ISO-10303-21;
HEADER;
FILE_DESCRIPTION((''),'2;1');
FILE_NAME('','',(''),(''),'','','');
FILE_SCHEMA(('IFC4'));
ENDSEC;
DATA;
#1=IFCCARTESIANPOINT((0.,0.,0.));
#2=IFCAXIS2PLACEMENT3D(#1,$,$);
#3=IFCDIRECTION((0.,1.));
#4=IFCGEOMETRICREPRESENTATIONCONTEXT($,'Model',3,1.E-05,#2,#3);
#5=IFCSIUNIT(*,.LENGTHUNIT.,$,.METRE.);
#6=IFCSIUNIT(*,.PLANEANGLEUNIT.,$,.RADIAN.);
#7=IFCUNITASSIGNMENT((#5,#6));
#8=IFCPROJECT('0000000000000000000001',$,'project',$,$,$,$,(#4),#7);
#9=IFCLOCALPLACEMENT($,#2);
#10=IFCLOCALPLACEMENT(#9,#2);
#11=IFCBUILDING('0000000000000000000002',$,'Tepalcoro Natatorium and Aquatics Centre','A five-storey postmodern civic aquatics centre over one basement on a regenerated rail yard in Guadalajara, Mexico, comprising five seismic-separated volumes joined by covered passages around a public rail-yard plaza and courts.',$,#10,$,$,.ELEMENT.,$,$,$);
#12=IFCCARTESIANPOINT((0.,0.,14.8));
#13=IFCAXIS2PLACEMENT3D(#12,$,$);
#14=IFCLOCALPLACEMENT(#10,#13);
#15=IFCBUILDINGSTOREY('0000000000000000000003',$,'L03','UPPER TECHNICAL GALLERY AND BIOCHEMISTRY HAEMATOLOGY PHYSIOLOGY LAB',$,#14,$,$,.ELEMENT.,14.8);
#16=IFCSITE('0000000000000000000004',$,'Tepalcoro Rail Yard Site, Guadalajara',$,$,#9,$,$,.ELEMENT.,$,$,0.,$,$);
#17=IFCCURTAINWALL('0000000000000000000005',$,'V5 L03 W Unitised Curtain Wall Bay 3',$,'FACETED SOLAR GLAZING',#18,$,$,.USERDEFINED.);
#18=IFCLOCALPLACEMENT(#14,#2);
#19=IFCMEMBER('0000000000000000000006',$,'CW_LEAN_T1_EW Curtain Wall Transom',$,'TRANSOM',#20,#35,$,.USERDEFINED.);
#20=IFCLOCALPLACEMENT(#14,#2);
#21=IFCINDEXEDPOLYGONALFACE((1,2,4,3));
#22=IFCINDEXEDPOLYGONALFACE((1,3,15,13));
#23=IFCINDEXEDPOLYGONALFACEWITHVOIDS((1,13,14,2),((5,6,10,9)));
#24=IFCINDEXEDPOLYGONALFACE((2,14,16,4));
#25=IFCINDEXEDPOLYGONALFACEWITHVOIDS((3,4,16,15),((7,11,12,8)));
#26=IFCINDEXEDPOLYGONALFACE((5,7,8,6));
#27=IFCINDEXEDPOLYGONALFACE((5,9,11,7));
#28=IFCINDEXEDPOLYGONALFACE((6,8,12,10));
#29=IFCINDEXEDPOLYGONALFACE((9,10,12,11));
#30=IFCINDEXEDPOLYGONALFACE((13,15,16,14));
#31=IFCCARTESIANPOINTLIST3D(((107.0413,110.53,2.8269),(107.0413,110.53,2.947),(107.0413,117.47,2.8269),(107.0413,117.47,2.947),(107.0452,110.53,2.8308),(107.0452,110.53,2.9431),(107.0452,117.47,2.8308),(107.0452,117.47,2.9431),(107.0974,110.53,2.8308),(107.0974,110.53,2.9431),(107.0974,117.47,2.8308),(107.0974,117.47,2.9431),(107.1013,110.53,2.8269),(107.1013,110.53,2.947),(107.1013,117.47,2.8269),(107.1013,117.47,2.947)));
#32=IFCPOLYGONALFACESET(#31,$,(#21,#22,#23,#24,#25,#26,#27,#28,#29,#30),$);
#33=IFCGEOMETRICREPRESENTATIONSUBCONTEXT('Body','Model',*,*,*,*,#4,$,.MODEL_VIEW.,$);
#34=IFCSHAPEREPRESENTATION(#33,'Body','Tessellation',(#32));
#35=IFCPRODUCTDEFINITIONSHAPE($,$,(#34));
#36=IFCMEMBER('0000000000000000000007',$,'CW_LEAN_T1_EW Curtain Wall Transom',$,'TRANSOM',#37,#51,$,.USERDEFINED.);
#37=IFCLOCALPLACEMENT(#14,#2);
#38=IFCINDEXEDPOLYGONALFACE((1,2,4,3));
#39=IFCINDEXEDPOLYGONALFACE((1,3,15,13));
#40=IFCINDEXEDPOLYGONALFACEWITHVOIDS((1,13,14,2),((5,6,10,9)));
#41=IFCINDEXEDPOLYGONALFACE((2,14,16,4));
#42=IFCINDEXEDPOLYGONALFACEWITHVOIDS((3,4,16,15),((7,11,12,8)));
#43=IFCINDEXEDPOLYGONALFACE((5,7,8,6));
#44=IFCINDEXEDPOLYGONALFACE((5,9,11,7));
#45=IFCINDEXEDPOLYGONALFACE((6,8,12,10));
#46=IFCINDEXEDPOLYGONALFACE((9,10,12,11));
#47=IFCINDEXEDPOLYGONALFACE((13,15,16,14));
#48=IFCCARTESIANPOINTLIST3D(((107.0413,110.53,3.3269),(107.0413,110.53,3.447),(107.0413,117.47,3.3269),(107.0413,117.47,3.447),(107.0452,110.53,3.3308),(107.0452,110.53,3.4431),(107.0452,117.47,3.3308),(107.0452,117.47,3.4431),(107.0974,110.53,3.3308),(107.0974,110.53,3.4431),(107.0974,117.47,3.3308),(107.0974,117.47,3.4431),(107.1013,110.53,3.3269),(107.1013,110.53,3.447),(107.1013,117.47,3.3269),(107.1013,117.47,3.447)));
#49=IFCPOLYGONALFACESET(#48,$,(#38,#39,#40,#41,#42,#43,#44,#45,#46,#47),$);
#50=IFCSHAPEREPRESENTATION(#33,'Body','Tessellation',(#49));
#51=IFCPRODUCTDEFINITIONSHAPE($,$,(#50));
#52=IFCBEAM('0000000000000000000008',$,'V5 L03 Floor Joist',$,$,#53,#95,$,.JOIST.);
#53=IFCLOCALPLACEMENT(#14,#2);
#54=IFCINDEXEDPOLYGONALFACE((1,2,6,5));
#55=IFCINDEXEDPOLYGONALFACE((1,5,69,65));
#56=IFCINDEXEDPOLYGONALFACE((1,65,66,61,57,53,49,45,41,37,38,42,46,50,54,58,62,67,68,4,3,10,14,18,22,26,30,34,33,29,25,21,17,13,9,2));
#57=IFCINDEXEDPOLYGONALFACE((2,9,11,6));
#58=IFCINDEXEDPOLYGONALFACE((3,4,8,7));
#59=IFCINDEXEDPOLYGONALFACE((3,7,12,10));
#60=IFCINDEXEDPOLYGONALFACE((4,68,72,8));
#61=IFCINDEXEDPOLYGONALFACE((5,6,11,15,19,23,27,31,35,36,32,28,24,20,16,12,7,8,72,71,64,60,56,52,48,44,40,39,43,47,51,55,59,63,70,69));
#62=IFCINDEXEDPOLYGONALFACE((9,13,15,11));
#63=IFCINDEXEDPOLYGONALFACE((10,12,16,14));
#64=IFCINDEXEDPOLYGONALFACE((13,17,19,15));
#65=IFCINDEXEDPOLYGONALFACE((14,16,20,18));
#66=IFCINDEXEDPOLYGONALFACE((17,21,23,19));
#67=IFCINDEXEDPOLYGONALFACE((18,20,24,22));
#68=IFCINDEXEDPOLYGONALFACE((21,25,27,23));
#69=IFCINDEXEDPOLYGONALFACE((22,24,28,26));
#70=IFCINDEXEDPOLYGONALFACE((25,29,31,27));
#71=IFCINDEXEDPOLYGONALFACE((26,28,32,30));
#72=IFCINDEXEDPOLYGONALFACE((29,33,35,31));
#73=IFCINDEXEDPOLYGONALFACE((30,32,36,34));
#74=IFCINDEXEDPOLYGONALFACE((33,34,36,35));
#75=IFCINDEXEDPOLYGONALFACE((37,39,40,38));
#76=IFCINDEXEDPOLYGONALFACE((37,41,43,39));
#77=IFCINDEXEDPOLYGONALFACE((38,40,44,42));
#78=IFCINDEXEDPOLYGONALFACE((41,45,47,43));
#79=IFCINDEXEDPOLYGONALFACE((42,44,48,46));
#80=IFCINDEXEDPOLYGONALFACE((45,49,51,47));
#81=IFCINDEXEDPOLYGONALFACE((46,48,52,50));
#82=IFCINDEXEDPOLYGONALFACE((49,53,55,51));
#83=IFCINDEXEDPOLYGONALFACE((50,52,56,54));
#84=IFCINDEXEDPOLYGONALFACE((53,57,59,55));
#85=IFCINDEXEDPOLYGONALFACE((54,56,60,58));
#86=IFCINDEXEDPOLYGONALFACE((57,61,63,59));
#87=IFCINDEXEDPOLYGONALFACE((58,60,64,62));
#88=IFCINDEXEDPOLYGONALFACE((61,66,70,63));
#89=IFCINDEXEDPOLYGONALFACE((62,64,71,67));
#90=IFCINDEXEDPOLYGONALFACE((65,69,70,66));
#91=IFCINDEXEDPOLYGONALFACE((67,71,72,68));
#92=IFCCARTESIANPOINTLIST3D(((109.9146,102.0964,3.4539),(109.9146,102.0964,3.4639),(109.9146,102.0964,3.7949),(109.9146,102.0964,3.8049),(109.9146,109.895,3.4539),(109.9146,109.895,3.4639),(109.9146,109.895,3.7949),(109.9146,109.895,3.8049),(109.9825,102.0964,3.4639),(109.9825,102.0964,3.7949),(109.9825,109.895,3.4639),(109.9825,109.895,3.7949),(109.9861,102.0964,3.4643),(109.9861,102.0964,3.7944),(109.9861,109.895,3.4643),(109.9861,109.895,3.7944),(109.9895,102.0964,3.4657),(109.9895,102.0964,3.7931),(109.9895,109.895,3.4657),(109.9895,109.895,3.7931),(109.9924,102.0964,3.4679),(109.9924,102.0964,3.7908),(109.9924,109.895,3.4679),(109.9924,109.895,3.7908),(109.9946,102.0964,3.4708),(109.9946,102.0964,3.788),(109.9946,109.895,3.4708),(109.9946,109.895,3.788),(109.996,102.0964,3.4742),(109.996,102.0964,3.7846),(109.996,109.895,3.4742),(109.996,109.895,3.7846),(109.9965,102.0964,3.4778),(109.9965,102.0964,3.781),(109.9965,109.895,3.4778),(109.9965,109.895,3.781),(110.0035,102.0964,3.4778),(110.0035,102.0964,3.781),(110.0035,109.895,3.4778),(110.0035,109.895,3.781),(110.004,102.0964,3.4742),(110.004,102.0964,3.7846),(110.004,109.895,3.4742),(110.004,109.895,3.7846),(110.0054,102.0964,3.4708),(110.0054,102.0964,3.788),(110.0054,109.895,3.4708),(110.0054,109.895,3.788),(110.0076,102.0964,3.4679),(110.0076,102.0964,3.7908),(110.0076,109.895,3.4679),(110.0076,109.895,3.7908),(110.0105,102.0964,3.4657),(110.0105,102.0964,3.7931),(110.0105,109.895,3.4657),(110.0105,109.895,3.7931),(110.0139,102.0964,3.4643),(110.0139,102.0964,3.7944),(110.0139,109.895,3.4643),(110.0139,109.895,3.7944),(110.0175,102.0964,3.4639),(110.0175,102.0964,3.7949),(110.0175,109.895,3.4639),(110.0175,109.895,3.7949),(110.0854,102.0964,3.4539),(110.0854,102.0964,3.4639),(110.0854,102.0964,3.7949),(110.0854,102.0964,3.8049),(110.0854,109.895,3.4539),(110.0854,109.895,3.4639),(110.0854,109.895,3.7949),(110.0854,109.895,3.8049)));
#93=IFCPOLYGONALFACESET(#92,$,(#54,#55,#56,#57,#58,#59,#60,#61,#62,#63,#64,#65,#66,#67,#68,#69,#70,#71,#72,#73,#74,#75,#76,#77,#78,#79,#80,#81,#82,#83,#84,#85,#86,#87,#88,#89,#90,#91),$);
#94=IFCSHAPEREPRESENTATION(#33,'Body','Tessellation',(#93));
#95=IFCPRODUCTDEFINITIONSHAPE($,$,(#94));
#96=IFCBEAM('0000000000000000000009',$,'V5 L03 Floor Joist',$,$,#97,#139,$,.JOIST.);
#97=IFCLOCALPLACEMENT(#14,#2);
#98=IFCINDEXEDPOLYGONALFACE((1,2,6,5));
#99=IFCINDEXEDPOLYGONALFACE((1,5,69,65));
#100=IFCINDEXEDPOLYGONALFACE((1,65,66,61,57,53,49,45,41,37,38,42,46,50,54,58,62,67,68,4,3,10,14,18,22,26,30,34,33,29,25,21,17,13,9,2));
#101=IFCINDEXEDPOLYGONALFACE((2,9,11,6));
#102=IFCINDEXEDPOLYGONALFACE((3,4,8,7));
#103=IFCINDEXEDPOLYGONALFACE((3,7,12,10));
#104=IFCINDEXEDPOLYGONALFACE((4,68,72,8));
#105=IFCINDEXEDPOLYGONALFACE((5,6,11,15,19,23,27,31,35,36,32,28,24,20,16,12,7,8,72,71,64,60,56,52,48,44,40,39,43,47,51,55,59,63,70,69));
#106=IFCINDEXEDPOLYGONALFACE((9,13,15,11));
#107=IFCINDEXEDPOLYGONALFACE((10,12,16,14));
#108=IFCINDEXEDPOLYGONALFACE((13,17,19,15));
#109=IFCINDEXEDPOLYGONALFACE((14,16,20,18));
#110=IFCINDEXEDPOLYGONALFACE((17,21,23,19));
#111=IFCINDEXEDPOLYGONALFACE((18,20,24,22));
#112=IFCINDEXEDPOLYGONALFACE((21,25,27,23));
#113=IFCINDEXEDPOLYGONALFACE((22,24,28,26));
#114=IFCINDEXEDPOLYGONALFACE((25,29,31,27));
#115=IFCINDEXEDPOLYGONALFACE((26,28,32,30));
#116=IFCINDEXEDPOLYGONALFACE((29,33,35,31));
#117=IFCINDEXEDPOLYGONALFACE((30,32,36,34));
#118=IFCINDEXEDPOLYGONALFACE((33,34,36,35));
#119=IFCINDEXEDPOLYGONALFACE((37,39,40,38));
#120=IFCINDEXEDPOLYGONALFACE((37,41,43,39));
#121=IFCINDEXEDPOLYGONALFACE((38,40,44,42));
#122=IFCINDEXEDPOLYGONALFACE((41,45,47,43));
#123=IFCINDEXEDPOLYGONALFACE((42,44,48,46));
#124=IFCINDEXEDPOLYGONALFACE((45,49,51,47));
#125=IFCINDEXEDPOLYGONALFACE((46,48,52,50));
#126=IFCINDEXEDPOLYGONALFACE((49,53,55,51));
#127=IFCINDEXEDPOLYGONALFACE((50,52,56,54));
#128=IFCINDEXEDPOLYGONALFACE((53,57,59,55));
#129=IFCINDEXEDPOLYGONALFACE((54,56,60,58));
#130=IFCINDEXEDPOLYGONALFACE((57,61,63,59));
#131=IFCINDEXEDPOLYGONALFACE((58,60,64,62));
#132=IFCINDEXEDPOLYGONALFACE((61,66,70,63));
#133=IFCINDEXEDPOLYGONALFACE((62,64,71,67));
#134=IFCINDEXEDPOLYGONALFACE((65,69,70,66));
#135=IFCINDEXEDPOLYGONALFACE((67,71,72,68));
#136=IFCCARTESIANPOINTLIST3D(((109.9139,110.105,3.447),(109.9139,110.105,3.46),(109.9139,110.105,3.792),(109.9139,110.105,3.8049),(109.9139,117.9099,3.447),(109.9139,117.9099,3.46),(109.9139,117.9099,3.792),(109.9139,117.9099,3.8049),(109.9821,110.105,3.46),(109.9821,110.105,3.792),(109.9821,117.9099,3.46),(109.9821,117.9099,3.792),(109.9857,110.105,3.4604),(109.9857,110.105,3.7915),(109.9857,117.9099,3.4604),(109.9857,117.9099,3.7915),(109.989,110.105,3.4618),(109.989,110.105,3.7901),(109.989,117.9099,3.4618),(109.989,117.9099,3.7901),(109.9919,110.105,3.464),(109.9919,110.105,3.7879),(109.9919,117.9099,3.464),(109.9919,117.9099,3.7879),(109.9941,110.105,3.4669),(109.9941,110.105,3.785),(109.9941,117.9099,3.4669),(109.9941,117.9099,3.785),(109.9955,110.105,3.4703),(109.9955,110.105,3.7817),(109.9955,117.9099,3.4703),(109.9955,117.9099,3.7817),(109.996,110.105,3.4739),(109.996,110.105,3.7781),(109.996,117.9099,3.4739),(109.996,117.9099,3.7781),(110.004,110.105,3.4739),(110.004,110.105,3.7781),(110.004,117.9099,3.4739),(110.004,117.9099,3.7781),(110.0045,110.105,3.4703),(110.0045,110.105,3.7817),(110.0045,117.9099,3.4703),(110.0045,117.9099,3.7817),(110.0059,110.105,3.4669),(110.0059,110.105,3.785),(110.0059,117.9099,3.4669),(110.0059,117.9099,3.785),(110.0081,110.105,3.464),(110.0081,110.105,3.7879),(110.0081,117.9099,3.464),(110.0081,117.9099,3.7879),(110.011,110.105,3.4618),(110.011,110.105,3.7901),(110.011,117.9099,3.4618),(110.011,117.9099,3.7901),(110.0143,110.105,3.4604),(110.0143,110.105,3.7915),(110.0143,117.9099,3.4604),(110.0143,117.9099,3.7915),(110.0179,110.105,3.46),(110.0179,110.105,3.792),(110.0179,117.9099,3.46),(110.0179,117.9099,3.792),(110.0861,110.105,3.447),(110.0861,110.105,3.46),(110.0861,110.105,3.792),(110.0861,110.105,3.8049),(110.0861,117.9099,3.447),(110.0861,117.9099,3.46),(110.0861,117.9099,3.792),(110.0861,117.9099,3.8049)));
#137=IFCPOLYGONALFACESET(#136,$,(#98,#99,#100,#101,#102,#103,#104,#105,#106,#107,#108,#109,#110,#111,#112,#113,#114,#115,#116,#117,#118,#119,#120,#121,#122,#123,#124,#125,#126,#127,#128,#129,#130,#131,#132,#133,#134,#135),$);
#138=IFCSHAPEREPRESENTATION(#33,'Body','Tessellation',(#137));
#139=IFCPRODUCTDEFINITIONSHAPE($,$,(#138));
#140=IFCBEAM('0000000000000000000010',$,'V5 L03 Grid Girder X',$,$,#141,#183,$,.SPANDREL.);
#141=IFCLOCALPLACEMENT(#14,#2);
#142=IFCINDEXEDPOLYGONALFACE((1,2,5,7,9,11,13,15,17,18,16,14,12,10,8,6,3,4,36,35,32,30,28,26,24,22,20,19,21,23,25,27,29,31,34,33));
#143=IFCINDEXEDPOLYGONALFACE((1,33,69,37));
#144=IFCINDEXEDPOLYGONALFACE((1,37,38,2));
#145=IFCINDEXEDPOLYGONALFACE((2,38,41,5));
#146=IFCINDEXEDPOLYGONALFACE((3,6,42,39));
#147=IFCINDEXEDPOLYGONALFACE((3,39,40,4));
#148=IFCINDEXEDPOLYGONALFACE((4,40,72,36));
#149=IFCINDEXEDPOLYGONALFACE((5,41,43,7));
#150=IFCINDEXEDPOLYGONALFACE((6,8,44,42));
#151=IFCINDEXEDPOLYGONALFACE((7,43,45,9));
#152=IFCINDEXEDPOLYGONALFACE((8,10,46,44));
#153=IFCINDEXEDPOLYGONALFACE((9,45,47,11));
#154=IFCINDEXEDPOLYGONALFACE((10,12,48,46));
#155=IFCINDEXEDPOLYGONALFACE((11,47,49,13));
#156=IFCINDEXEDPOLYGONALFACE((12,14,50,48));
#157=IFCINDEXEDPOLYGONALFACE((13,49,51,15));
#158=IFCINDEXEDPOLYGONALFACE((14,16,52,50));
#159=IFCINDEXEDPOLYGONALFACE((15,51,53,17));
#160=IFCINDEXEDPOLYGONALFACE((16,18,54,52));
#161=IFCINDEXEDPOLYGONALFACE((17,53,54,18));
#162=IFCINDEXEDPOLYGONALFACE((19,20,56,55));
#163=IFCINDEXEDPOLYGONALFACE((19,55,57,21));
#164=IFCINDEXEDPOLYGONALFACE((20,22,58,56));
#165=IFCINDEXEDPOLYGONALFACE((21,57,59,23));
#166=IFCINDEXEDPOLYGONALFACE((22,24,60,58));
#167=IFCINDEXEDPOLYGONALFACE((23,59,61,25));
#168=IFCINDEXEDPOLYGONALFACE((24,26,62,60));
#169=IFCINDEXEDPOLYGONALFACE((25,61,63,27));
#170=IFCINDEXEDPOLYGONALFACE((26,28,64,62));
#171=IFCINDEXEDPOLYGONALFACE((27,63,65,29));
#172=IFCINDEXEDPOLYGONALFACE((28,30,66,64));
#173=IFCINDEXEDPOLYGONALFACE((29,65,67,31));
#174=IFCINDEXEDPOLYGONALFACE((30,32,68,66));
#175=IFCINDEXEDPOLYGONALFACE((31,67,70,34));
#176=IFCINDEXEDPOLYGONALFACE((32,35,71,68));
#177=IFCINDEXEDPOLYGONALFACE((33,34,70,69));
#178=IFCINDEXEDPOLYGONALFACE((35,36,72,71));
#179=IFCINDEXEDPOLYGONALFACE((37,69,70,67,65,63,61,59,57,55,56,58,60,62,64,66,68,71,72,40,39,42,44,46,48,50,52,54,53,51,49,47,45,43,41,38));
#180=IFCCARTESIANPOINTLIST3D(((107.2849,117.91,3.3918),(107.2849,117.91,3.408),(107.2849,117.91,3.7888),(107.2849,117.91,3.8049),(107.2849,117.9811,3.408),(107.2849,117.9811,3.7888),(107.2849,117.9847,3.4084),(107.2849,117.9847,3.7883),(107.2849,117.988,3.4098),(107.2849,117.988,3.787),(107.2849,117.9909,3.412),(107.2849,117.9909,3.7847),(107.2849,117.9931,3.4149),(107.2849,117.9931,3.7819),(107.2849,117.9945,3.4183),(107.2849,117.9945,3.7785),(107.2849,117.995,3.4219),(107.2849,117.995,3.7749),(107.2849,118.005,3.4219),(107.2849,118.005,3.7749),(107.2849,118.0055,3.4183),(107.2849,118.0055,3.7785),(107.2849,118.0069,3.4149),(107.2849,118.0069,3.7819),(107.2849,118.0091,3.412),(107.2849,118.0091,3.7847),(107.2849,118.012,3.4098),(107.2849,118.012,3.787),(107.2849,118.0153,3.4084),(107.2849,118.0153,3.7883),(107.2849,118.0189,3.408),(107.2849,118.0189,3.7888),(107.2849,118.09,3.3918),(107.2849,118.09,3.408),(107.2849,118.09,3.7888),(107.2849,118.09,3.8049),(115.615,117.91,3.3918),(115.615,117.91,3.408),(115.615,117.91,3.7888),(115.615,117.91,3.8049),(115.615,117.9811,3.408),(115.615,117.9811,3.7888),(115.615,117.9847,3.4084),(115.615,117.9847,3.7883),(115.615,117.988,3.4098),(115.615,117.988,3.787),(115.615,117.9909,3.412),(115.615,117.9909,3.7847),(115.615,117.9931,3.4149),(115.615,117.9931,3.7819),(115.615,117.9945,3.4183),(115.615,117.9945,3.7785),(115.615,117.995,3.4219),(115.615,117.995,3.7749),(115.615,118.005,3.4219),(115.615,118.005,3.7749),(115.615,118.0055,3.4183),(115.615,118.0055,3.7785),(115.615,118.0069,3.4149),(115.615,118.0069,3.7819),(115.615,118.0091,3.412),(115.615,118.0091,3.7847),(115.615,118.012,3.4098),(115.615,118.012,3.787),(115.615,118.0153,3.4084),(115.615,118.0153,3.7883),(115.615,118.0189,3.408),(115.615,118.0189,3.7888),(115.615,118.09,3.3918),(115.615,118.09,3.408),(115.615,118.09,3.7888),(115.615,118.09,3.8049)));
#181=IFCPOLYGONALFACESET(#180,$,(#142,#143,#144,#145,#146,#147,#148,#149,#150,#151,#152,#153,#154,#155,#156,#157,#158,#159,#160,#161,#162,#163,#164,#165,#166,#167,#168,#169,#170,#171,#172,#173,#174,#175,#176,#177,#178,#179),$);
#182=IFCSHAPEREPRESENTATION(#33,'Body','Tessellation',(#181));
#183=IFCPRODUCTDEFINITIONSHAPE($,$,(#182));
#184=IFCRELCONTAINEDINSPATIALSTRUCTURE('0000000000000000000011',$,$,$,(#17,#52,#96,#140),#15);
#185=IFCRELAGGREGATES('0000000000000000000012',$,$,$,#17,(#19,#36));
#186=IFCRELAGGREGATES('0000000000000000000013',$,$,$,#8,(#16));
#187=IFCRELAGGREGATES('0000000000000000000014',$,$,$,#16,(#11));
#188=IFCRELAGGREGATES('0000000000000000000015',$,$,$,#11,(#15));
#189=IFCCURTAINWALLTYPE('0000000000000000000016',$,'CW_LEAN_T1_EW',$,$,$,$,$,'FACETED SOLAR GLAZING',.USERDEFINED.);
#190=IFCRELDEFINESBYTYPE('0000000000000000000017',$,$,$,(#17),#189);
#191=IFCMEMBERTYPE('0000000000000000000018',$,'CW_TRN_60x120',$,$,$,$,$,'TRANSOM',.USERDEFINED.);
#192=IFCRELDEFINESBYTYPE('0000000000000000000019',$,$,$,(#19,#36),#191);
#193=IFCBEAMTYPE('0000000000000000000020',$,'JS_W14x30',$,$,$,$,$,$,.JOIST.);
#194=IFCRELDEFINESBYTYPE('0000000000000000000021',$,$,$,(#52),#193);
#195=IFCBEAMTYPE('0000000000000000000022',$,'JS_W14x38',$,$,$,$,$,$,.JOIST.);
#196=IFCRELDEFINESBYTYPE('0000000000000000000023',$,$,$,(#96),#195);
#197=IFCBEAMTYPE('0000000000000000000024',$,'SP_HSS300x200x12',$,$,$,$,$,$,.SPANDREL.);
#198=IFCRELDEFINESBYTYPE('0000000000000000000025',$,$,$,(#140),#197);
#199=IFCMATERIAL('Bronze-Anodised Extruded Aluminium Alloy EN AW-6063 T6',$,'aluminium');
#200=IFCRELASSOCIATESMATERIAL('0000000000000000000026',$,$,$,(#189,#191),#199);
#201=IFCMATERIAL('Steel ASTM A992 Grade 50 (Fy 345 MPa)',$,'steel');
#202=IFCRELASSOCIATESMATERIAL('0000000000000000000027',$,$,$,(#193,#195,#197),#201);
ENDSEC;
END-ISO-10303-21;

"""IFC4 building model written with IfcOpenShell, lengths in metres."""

from ifc_helpers import new_model, si_unit, direction, frame, origin, origin_2d, place, context, subcontext, project, spatial, hollow_rectangle, i_section, extrude, material, material_profile, profile_set, type_object, element, aggregate, save


model = new_model("IFC4")

# Units and contexts
model_context = context("Model", 3, precision=1e-05, world=origin(), true_north=direction((0.0, 1.0)))
body_context = subcontext(model_context, "Body", "Model", "MODEL_VIEW")
ifc_project = project(units=[si_unit("LENGTHUNIT", "METRE"), si_unit("PLANEANGLEUNIT", "RADIAN")], contexts=[model_context])

# Site, building, storey
site_placement = place(None, origin())
site = spatial("IfcSite", under=ifc_project, at=site_placement, Name="Tepalcoro Rail Yard Site, Guadalajara", CompositionType="ELEMENT", RefElevation=0.0)
building_placement = place(site_placement, origin())
building = spatial("IfcBuilding", under=site, at=building_placement, Name="Tepalcoro Natatorium and Aquatics Centre", Description="A five-storey postmodern civic aquatics centre over one basement on a regenerated rail yard in Guadalajara, Mexico, comprising five seismic-separated volumes joined by covered passages around a public rail-yard plaza and courts.", CompositionType="ELEMENT")
storey_placement = place(building_placement, frame((0.0, 0.0, 14.8)))
storey = spatial("IfcBuildingStorey", under=building, at=storey_placement, Name="L03", Description="UPPER TECHNICAL GALLERY AND BIOCHEMISTRY HAEMATOLOGY PHYSIOLOGY LAB", CompositionType="ELEMENT", Elevation=14.8)

# Shared definitions
ifc_material_1 = material(Name="Steel ASTM A992 Grade 50 (Fy 345 MPa)", Category="steel")

# Curtain wall, members
ifc_material_2 = material(Name="Bronze-Anodised Extruded Aluminium Alloy EN AW-6063 T6", Category="aluminium")
curtain_wall_type = type_object("IfcCurtainWallType", Name="CW_LEAN_T1_EW", ElementType="FACETED SOLAR GLAZING", PredefinedType="USERDEFINED", material=ifc_material_2)
curtain_wall_placement = place(storey_placement, origin())
curtain_wall = element("IfcCurtainWall", 1, at=curtain_wall_placement, inside=storey, type_object=curtain_wall_type, Name="V5 L03 W Unitised Curtain Wall Bay 3", ObjectType="FACETED SOLAR GLAZING", PredefinedType="USERDEFINED")
ifc_material_profile_1 = material_profile(ifc_material_2, hollow_rectangle(XDim=0.0601, YDim=0.1201, WallThickness=0.0039, at=origin_2d()), Name="AL60X120X4")
ifc_profile_set_1 = profile_set([ifc_material_profile_1], Name="Bronze-Anodised Extruded Aluminium Alloy EN AW-6063 T6")
member_type_1 = type_object("IfcMemberType", Name="CW_TRN_60x120", ElementType="TRANSOM", PredefinedType="USERDEFINED", material=ifc_profile_set_1)
member_1_placement = place(storey_placement, frame((107.0713, 110.53, 2.887), z_axis=(0.0, 1.0, 0.0), x_axis=(-1.0, 0.0, 0.0)))
member_1 = element("IfcMember", 2, at=member_1_placement, type_object=member_type_1, Name="CW_LEAN_T1_EW Curtain Wall Transom", ObjectType="TRANSOM", PredefinedType="USERDEFINED", context=body_context, shape_type="SweptSolid", body=[
    extrude(hollow_rectangle(XDim=0.0601, YDim=0.1201, WallThickness=0.0039, at=origin_2d()), origin(), (0.0, 0.0, 1.0), 6.9399),
])
member_2_placement = place(storey_placement, frame((107.0713, 110.53, 3.387), z_axis=(0.0, 1.0, 0.0), x_axis=(-1.0, 0.0, 0.0)))
member_2 = element("IfcMember", 3, at=member_2_placement, type_object=member_type_1, Name="CW_LEAN_T1_EW Curtain Wall Transom", ObjectType="TRANSOM", PredefinedType="USERDEFINED", context=body_context, shape_type="SweptSolid", body=[
    extrude(hollow_rectangle(XDim=0.0601, YDim=0.1201, WallThickness=0.0039, at=origin_2d()), origin(), (0.0, 0.0, 1.0), 6.9399),
])

# Beams
ifc_material_profile_2 = material_profile(ifc_material_1, i_section(OverallWidth=0.1709, OverallDepth=0.3511, WebThickness=0.0071, FlangeThickness=0.01, FilletRadius=0.0139, at=origin_2d()), Name="W14X30")
ifc_profile_set_2 = profile_set([ifc_material_profile_2], Name="Steel ASTM A992 Grade 50 (Fy 345 MPa)")
beam_type_1 = type_object("IfcBeamType", Name="JS_W14x30", PredefinedType="JOIST", material=ifc_profile_set_2)
beam_1_placement = place(storey_placement, frame((110.0, 102.0964, 3.6294), z_axis=(0.0, 1.0, 0.0), x_axis=(-1.0, 0.0, 0.0)))
element("IfcBeam", 4, at=beam_1_placement, inside=storey, type_object=beam_type_1, Name="V5 L03 Floor Joist", PredefinedType="JOIST", context=body_context, shape_type="SweptSolid", body=[
    extrude(i_section(OverallWidth=0.1709, OverallDepth=0.3511, WebThickness=0.0071, FlangeThickness=0.01, FilletRadius=0.0139, at=origin_2d()), origin(), (0.0, 0.0, 1.0), 7.7986),
])
ifc_material_profile_3 = material_profile(ifc_material_1, i_section(OverallWidth=0.1721, OverallDepth=0.3579, WebThickness=0.0081, FlangeThickness=0.0129, FilletRadius=0.0139, at=origin_2d()), Name="W14X38")
ifc_profile_set_3 = profile_set([ifc_material_profile_3], Name="Steel ASTM A992 Grade 50 (Fy 345 MPa)")
beam_type_2 = type_object("IfcBeamType", Name="JS_W14x38", PredefinedType="JOIST", material=ifc_profile_set_3)
beam_2_placement = place(storey_placement, frame((110.0, 110.105, 3.626), z_axis=(0.0, 1.0, 0.0), x_axis=(-1.0, 0.0, 0.0)))
element("IfcBeam", 5, at=beam_2_placement, inside=storey, type_object=beam_type_2, Name="V5 L03 Floor Joist", PredefinedType="JOIST", context=body_context, shape_type="SweptSolid", body=[
    extrude(i_section(OverallWidth=0.1721, OverallDepth=0.3579, WebThickness=0.0081, FlangeThickness=0.0129, FilletRadius=0.0139, at=origin_2d()), origin(), (0.0, 0.0, 1.0), 7.8049),
])
ifc_material_profile_4 = material_profile(ifc_material_1, i_section(OverallWidth=0.1799, OverallDepth=0.4131, WebThickness=0.01, FlangeThickness=0.0161, FilletRadius=0.0139, at=origin_2d()), Name="W16X50")
ifc_profile_set_4 = profile_set([ifc_material_profile_4], Name="Steel ASTM A992 Grade 50 (Fy 345 MPa)")
beam_type_3 = type_object("IfcBeamType", Name="SP_HSS300x200x12", PredefinedType="SPANDREL", material=ifc_profile_set_4)
beam_3_placement = place(storey_placement, frame((107.2849, 118.0, 3.5984), z_axis=(1.0, 0.0, 0.0), x_axis=(0.0, 1.0, 0.0)))
element("IfcBeam", 6, at=beam_3_placement, inside=storey, type_object=beam_type_3, Name="V5 L03 Grid Girder X", PredefinedType="SPANDREL", context=body_context, shape_type="SweptSolid", body=[
    extrude(i_section(OverallWidth=0.1799, OverallDepth=0.4131, WebThickness=0.01, FlangeThickness=0.0161, FilletRadius=0.0139, at=origin_2d()), origin(), (0.0, 0.0, 1.0), 8.3301),
])

aggregate(curtain_wall, [member_1, member_2])

save(model, "model.ifc")
